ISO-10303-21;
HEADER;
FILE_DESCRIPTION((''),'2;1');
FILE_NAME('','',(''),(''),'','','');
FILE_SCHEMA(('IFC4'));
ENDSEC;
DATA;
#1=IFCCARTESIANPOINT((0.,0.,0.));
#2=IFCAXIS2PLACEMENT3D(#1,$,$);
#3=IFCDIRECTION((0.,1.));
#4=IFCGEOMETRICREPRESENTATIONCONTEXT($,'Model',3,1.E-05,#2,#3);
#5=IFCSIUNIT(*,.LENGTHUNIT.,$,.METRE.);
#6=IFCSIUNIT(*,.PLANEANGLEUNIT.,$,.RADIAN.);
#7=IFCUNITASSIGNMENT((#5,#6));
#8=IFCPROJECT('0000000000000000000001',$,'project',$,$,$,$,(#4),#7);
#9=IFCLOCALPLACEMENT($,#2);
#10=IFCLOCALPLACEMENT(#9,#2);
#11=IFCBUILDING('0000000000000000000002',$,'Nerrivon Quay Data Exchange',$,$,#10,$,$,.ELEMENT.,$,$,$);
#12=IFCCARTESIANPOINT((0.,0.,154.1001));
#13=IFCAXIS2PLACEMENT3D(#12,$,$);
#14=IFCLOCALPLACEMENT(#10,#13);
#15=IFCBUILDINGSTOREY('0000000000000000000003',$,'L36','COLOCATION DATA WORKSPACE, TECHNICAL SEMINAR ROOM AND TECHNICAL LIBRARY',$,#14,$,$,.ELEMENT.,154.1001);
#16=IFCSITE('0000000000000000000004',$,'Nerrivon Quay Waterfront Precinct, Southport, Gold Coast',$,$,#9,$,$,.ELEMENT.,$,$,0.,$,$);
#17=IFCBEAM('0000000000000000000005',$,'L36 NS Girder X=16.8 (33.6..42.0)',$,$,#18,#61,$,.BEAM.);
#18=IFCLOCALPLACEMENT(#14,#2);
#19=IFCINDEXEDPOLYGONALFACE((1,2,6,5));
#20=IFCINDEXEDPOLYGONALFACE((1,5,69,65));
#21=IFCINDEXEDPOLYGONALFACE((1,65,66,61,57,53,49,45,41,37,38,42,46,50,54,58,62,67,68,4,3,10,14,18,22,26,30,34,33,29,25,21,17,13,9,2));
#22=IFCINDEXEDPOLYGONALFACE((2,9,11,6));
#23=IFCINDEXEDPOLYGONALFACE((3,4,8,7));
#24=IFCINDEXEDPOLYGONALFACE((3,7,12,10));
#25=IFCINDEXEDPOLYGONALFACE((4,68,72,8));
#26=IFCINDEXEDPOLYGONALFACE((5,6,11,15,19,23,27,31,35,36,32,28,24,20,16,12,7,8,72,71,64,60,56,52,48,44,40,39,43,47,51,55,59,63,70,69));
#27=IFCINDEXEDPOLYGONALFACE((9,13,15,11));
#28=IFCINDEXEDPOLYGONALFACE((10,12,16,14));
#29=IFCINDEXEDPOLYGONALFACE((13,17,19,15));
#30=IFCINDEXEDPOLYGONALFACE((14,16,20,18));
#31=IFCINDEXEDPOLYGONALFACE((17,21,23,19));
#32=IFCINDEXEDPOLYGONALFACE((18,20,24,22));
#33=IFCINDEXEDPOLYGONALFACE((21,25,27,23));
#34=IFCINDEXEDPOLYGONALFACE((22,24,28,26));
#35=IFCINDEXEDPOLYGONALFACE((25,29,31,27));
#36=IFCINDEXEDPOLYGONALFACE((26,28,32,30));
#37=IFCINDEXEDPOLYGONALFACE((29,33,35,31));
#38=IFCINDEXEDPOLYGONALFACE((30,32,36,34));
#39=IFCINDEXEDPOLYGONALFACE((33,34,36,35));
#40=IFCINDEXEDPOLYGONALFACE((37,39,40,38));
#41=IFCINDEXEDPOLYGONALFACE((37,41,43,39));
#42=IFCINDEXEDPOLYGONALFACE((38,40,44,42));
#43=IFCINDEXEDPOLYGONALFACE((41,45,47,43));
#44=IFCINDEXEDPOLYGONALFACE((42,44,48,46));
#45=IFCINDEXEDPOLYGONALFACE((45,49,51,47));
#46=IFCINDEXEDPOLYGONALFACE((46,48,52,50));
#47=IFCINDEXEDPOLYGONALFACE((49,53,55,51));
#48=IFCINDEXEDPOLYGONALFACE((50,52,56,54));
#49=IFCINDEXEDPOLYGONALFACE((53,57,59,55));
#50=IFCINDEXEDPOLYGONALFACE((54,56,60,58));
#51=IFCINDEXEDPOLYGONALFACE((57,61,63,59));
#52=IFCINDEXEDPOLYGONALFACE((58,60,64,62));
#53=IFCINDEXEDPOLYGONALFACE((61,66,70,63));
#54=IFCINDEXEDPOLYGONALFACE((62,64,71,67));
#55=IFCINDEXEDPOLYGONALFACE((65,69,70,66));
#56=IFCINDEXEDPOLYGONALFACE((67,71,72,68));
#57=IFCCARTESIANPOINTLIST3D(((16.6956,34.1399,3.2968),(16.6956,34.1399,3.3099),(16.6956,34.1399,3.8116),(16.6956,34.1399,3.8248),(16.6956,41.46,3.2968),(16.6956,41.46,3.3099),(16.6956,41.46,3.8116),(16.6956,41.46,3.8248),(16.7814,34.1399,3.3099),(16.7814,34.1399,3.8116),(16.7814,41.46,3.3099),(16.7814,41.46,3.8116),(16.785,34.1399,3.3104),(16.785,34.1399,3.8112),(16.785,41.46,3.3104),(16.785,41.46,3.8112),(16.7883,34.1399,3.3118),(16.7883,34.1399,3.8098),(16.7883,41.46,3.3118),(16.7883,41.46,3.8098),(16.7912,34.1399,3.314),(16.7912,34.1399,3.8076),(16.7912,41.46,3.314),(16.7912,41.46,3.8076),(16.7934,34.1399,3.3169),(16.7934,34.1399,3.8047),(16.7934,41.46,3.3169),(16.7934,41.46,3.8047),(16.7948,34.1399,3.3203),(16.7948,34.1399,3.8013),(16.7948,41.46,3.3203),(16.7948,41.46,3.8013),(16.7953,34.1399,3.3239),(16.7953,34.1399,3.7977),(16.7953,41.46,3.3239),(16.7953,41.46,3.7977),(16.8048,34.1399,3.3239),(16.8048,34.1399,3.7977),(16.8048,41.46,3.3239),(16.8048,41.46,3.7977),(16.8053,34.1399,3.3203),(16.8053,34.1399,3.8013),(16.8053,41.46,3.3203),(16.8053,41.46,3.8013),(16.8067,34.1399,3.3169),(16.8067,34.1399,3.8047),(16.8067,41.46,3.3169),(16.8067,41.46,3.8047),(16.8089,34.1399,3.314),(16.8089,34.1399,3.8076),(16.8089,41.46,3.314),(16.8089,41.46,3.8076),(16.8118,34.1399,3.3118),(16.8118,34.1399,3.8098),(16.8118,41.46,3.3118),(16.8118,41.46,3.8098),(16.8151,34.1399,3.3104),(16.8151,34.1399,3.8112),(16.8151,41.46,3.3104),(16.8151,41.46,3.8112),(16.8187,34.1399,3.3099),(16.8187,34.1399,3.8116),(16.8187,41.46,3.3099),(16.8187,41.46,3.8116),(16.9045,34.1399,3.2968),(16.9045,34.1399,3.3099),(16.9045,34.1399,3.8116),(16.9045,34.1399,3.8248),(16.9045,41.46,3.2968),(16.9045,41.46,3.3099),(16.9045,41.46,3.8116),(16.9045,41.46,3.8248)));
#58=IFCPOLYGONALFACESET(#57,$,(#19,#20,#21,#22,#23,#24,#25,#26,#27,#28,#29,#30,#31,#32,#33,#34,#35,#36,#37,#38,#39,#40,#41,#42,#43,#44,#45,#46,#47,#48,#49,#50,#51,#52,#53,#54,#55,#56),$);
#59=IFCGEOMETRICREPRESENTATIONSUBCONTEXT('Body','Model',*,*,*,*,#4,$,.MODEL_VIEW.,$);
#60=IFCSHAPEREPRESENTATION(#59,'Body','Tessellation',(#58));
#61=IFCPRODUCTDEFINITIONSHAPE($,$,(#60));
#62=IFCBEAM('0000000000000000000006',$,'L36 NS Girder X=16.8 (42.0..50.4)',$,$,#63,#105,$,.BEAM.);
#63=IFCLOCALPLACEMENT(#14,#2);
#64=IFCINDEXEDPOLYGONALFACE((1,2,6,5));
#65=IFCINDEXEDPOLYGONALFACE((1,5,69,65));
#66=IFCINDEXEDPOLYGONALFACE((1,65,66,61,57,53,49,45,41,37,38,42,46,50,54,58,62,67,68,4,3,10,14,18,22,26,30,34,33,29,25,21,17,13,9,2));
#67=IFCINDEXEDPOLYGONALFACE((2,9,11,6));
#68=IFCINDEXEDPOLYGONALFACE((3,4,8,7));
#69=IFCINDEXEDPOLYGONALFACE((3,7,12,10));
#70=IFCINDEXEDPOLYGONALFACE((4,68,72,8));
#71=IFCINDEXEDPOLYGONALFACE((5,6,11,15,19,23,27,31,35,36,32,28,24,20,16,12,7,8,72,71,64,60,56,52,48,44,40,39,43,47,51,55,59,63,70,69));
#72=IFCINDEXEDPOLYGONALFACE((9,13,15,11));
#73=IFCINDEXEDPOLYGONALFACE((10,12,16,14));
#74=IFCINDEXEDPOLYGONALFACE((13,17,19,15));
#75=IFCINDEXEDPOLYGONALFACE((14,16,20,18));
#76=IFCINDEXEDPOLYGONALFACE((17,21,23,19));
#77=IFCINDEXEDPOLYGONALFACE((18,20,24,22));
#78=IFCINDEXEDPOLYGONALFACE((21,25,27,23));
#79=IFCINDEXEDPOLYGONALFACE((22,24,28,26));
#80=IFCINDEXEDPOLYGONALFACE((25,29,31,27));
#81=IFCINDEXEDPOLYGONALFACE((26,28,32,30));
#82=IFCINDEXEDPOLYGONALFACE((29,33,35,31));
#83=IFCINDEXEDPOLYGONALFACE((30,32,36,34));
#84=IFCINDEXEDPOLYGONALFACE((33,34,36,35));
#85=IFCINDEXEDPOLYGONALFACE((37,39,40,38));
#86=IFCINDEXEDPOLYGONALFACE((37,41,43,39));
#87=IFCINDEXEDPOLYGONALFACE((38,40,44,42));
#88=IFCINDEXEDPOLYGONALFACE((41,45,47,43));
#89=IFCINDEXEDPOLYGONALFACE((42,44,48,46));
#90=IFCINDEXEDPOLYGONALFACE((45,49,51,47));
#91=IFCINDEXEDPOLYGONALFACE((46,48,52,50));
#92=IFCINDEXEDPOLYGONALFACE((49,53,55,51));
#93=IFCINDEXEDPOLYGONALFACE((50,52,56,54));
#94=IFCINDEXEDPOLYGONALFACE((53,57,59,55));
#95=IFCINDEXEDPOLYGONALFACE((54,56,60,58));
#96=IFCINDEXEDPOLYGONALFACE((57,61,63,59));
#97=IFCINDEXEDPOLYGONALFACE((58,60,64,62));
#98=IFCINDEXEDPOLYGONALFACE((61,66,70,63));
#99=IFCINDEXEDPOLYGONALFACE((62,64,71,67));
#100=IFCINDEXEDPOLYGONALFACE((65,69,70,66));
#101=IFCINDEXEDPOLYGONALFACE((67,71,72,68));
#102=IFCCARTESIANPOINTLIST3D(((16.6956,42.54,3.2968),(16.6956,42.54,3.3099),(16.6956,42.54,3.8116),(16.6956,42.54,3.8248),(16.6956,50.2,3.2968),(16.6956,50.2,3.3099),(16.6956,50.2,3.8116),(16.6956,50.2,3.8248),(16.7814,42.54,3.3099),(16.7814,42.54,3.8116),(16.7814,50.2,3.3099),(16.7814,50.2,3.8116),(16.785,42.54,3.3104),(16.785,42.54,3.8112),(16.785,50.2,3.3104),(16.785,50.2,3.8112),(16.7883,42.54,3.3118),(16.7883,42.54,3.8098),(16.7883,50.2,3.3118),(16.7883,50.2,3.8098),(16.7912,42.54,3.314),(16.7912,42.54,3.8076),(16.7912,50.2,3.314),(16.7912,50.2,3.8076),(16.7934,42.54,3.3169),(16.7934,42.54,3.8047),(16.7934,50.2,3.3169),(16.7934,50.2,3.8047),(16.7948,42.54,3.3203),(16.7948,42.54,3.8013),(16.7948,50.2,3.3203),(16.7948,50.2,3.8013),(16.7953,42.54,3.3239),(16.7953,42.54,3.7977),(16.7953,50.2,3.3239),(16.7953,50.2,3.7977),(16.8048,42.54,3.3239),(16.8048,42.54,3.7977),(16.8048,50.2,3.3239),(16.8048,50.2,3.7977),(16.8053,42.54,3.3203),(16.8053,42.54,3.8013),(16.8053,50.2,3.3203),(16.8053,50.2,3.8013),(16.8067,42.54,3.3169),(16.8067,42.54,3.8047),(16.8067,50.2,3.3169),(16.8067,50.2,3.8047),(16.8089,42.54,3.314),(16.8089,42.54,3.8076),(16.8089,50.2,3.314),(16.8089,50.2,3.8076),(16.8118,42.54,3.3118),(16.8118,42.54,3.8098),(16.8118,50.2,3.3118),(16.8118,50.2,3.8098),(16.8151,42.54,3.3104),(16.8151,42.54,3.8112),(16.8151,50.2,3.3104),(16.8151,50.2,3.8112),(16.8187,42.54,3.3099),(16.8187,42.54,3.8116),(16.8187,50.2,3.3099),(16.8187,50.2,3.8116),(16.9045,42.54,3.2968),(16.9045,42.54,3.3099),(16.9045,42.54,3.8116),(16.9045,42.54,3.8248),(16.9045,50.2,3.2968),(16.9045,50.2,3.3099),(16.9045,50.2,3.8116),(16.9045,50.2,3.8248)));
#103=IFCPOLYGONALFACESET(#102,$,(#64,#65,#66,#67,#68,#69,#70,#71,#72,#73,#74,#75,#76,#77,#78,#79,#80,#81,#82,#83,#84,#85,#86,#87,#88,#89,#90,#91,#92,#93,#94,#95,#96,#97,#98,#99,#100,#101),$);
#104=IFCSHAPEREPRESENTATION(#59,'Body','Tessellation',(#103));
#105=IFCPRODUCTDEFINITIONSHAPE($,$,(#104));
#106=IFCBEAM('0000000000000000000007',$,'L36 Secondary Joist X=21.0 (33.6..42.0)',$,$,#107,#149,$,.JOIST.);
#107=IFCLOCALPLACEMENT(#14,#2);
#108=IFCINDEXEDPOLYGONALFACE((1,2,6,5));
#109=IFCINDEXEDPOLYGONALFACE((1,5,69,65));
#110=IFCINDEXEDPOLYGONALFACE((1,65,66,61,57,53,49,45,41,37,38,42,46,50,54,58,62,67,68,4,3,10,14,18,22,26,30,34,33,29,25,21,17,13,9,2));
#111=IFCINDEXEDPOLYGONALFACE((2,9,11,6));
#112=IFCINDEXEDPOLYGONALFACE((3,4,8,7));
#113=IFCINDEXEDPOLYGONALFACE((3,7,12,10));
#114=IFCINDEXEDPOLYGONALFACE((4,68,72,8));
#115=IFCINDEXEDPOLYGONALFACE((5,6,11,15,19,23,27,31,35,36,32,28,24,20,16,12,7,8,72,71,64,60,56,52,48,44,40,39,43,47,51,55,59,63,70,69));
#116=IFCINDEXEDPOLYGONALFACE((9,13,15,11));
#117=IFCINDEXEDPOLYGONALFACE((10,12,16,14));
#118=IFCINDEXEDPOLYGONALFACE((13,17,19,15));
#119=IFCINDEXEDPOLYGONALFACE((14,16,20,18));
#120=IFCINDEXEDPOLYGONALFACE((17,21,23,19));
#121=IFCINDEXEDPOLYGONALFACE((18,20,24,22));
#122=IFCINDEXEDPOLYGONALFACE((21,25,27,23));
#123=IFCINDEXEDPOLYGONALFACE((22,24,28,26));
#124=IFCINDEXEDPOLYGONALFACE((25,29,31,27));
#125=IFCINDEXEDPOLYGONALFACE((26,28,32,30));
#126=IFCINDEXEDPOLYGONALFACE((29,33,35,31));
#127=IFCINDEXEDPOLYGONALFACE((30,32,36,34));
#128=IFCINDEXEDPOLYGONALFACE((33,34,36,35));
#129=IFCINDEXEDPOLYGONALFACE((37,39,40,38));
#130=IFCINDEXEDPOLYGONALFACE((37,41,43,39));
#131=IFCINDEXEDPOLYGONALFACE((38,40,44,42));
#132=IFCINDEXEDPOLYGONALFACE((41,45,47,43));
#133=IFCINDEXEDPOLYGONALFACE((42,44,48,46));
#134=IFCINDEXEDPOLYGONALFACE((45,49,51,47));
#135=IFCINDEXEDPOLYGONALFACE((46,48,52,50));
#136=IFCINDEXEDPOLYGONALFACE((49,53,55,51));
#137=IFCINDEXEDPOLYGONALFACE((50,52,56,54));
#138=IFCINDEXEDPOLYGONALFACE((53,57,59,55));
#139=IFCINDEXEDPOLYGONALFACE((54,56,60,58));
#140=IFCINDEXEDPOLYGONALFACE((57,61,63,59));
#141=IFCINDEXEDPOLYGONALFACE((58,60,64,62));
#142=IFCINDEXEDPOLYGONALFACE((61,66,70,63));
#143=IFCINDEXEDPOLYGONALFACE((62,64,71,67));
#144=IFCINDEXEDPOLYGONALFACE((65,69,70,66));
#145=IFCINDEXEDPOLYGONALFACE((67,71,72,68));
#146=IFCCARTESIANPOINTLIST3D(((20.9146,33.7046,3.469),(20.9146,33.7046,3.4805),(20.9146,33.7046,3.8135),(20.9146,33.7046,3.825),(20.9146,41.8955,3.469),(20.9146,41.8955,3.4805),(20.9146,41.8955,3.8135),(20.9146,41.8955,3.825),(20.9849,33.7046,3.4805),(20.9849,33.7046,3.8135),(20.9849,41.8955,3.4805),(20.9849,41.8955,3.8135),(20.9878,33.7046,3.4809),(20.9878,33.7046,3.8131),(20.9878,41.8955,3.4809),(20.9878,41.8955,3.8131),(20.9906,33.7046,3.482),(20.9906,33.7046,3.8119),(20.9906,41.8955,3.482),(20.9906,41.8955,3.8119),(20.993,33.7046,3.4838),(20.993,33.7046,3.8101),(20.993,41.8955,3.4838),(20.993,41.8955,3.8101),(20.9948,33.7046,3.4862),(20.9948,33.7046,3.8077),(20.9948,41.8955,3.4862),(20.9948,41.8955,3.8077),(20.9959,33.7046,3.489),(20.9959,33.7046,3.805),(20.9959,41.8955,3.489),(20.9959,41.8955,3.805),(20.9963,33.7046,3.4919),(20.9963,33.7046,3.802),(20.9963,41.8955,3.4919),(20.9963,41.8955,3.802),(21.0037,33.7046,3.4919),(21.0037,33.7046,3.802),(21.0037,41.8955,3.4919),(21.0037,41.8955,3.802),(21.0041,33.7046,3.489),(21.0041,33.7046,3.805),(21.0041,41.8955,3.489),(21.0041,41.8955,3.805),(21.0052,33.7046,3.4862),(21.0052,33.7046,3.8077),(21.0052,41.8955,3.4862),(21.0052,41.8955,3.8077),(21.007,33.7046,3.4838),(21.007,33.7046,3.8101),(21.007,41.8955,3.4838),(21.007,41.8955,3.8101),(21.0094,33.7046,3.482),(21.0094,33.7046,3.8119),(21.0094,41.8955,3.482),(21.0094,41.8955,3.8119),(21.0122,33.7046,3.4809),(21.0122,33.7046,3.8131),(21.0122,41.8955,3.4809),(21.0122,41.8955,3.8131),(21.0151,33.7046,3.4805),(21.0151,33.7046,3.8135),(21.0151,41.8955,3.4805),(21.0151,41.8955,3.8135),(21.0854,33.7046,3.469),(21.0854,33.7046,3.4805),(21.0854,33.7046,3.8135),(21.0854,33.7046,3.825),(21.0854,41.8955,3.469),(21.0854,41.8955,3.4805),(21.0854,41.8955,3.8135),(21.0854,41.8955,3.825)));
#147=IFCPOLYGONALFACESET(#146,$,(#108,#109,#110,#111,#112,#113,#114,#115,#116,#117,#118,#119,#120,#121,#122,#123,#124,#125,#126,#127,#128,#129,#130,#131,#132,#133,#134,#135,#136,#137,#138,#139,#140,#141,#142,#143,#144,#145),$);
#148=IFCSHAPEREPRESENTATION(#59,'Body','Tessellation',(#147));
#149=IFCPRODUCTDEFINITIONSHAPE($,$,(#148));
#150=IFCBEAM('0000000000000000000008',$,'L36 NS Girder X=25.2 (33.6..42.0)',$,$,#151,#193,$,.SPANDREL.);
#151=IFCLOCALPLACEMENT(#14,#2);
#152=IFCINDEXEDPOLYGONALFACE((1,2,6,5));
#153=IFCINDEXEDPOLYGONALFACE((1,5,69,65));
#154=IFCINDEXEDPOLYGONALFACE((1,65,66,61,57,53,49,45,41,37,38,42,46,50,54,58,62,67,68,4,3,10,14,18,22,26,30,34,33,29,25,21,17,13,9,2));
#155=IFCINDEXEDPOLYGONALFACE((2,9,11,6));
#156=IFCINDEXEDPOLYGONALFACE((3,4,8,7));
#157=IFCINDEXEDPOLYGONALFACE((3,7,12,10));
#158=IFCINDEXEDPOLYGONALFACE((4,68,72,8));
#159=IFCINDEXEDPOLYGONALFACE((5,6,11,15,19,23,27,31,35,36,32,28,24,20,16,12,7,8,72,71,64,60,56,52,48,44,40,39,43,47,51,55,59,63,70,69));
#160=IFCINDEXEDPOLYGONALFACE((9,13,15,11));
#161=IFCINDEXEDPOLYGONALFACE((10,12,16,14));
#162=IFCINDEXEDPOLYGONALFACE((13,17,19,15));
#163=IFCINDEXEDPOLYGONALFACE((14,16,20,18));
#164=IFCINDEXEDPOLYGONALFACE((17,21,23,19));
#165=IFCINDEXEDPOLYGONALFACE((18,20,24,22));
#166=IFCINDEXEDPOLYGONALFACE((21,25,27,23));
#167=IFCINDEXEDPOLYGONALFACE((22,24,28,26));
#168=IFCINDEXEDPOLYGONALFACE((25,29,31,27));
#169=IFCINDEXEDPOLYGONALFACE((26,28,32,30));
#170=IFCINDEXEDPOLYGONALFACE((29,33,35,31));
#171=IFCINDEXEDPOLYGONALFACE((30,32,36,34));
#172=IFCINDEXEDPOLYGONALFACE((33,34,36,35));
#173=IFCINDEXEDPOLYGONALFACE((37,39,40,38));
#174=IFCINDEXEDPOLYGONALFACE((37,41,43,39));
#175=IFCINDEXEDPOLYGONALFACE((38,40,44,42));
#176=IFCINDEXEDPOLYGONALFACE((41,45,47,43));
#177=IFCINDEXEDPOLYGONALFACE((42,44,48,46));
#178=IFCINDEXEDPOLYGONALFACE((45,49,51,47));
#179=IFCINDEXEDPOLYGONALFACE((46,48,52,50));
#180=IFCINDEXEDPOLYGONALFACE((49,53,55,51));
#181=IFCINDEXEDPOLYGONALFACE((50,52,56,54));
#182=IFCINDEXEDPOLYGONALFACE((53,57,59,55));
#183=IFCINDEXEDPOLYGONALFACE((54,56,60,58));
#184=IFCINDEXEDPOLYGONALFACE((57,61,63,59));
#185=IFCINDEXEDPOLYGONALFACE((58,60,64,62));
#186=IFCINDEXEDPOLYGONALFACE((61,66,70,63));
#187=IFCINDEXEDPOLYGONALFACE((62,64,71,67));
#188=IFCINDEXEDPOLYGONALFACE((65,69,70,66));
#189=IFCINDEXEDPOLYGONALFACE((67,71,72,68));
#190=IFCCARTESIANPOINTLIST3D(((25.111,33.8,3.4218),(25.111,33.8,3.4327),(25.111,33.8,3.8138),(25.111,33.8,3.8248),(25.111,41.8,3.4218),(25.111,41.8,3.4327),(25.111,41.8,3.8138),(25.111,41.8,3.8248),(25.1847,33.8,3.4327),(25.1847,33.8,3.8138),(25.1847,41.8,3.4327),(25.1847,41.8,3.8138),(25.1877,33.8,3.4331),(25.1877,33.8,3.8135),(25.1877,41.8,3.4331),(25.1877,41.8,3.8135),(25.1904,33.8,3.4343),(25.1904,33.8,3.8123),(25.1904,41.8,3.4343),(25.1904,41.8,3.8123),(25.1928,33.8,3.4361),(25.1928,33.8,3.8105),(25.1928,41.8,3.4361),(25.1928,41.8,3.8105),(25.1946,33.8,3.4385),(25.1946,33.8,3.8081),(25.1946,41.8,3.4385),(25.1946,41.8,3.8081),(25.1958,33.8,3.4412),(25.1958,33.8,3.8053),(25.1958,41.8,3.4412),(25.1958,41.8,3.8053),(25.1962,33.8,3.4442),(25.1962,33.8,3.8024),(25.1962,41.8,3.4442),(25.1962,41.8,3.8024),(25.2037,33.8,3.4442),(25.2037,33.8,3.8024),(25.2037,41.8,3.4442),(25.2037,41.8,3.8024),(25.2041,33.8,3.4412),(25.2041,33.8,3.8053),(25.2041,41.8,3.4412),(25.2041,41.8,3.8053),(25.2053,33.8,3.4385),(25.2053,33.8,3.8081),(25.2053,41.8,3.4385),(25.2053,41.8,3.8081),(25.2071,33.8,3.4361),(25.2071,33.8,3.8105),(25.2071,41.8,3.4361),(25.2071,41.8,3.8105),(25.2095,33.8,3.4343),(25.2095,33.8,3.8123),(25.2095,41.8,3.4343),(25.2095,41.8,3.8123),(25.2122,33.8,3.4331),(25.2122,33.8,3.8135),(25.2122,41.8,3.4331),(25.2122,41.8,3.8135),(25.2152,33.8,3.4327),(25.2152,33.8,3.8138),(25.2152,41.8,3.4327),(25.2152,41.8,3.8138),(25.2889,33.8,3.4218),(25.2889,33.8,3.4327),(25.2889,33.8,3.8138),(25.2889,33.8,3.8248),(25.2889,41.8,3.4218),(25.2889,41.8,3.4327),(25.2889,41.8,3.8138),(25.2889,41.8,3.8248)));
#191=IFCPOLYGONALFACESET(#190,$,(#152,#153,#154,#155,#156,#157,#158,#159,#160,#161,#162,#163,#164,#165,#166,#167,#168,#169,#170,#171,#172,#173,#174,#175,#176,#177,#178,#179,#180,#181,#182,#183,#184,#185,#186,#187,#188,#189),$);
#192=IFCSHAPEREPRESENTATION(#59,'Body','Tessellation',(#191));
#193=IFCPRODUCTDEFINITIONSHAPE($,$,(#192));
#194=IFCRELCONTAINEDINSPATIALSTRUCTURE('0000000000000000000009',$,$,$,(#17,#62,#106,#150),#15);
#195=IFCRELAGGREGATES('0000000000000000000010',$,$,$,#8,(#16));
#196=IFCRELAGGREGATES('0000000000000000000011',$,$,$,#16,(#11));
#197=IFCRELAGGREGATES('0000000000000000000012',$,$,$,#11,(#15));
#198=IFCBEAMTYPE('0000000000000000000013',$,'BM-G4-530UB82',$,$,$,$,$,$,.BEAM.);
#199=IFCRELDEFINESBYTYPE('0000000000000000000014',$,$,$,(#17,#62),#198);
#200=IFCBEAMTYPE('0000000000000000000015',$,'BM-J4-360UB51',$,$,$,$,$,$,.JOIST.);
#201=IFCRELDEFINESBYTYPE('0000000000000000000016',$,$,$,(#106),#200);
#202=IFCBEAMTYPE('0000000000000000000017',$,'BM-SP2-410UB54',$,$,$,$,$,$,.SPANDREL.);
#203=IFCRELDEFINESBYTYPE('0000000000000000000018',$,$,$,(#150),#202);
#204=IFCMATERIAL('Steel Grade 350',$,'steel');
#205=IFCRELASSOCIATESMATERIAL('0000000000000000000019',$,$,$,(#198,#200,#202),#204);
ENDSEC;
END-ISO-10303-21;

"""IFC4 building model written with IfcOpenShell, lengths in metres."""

from ifc_helpers import new_model, si_unit, direction, frame, origin, origin_2d, place, context, subcontext, project, spatial, i_section, extrude, material, material_profile, profile_set, type_object, element, save


model = new_model("IFC4")

# Units and contexts
model_context = context("Model", 3, precision=1e-05, world=origin(), true_north=direction((0.0, 1.0)))
body_context = subcontext(model_context, "Body", "Model", "MODEL_VIEW")
ifc_project = project(units=[si_unit("LENGTHUNIT", "METRE"), si_unit("PLANEANGLEUNIT", "RADIAN")], contexts=[model_context])

# Site, building, storey
site_placement = place(None, origin())
site = spatial("IfcSite", under=ifc_project, at=site_placement, Name="Nerrivon Quay Waterfront Precinct, Southport, Gold Coast", CompositionType="ELEMENT", RefElevation=0.0)
building_placement = place(site_placement, origin())
building = spatial("IfcBuilding", under=site, at=building_placement, Name="Nerrivon Quay Data Exchange", CompositionType="ELEMENT")
storey_placement = place(building_placement, frame((0.0, 0.0, 154.1001)))
storey = spatial("IfcBuildingStorey", under=building, at=storey_placement, Name="L36", Description="COLOCATION DATA WORKSPACE, TECHNICAL SEMINAR ROOM AND TECHNICAL LIBRARY", CompositionType="ELEMENT", Elevation=154.1001)

# Shared definitions
ifc_material_1 = material(Name="Steel Grade 350", Category="steel")

# Beams
ifc_material_profile_1 = material_profile(ifc_material_1, i_section(OverallWidth=0.209, OverallDepth=0.5281, WebThickness=0.0095, FlangeThickness=0.0132, FilletRadius=0.0139, at=origin_2d()), Name="530UB82.0")
ifc_profile_set_1 = profile_set([ifc_material_profile_1], Name="Steel Grade 350")
beam_type_1 = type_object("IfcBeamType", Name="BM-G4-530UB82", PredefinedType="BEAM", material=ifc_profile_set_1)
beam_1_placement = place(storey_placement, frame((16.8, 34.1399, 3.5608), z_axis=(0.0, 1.0, 0.0), x_axis=(-1.0, 0.0, 0.0)))
element("IfcBeam", 1, at=beam_1_placement, inside=storey, type_object=beam_type_1, Name="L36 NS Girder X=16.8 (33.6..42.0)", PredefinedType="BEAM", context=body_context, shape_type="SweptSolid", body=[
    extrude(i_section(OverallWidth=0.209, OverallDepth=0.5281, WebThickness=0.0095, FlangeThickness=0.0132, FilletRadius=0.0139, at=origin_2d()), origin(), (0.0, 0.0, 1.0), 7.3201),
])
beam_2_placement = place(storey_placement, frame((16.8, 42.54, 3.5608), z_axis=(0.0, 1.0, 0.0), x_axis=(-1.0, 0.0, 0.0)))
element("IfcBeam", 2, at=beam_2_placement, inside=storey, type_object=beam_type_1, Name="L36 NS Girder X=16.8 (42.0..50.4)", PredefinedType="BEAM", context=body_context, shape_type="SweptSolid", body=[
    extrude(i_section(OverallWidth=0.209, OverallDepth=0.5281, WebThickness=0.0095, FlangeThickness=0.0132, FilletRadius=0.0139, at=origin_2d()), origin(), (0.0, 0.0, 1.0), 7.6599),
])
ifc_material_profile_2 = material_profile(ifc_material_1, i_section(OverallWidth=0.1709, OverallDepth=0.356, WebThickness=0.0073, FlangeThickness=0.0115, FilletRadius=0.0115, at=origin_2d()), Name="360UB50.7")
ifc_profile_set_2 = profile_set([ifc_material_profile_2], Name="Steel Grade 350")
beam_type_2 = type_object("IfcBeamType", Name="BM-J4-360UB51", PredefinedType="JOIST", material=ifc_profile_set_2)
beam_3_placement = place(storey_placement, frame((21.0, 33.7046, 3.647), z_axis=(0.0, 1.0, 0.0), x_axis=(-1.0, 0.0, 0.0)))
element("IfcBeam", 3, at=beam_3_placement, inside=storey, type_object=beam_type_2, Name="L36 Secondary Joist X=21.0 (33.6..42.0)", PredefinedType="JOIST", context=body_context, shape_type="SweptSolid", body=[
    extrude(i_section(OverallWidth=0.1709, OverallDepth=0.356, WebThickness=0.0073, FlangeThickness=0.0115, FilletRadius=0.0115, at=origin_2d()), origin(), (0.0, 0.0, 1.0), 8.1909),
])
ifc_material_profile_3 = material_profile(ifc_material_1, i_section(OverallWidth=0.178, OverallDepth=0.4031, WebThickness=0.0076, FlangeThickness=0.011, FilletRadius=0.0115, at=origin_2d()), Name="410UB53.7")
ifc_profile_set_3 = profile_set([ifc_material_profile_3], Name="Steel Grade 350")
beam_type_3 = type_object("IfcBeamType", Name="BM-SP2-410UB54", PredefinedType="SPANDREL", material=ifc_profile_set_3)
beam_4_placement = place(storey_placement, frame((25.2, 33.8, 3.6233), z_axis=(0.0, 1.0, 0.0), x_axis=(-1.0, 0.0, 0.0)))
element("IfcBeam", 4, at=beam_4_placement, inside=storey, type_object=beam_type_3, Name="L36 NS Girder X=25.2 (33.6..42.0)", PredefinedType="SPANDREL", context=body_context, shape_type="SweptSolid", body=[
    extrude(i_section(OverallWidth=0.178, OverallDepth=0.4031, WebThickness=0.0076, FlangeThickness=0.011, FilletRadius=0.0115, at=origin_2d()), origin(), (0.0, 0.0, 1.0), 8.0),
])

save(model, "model.ifc")
